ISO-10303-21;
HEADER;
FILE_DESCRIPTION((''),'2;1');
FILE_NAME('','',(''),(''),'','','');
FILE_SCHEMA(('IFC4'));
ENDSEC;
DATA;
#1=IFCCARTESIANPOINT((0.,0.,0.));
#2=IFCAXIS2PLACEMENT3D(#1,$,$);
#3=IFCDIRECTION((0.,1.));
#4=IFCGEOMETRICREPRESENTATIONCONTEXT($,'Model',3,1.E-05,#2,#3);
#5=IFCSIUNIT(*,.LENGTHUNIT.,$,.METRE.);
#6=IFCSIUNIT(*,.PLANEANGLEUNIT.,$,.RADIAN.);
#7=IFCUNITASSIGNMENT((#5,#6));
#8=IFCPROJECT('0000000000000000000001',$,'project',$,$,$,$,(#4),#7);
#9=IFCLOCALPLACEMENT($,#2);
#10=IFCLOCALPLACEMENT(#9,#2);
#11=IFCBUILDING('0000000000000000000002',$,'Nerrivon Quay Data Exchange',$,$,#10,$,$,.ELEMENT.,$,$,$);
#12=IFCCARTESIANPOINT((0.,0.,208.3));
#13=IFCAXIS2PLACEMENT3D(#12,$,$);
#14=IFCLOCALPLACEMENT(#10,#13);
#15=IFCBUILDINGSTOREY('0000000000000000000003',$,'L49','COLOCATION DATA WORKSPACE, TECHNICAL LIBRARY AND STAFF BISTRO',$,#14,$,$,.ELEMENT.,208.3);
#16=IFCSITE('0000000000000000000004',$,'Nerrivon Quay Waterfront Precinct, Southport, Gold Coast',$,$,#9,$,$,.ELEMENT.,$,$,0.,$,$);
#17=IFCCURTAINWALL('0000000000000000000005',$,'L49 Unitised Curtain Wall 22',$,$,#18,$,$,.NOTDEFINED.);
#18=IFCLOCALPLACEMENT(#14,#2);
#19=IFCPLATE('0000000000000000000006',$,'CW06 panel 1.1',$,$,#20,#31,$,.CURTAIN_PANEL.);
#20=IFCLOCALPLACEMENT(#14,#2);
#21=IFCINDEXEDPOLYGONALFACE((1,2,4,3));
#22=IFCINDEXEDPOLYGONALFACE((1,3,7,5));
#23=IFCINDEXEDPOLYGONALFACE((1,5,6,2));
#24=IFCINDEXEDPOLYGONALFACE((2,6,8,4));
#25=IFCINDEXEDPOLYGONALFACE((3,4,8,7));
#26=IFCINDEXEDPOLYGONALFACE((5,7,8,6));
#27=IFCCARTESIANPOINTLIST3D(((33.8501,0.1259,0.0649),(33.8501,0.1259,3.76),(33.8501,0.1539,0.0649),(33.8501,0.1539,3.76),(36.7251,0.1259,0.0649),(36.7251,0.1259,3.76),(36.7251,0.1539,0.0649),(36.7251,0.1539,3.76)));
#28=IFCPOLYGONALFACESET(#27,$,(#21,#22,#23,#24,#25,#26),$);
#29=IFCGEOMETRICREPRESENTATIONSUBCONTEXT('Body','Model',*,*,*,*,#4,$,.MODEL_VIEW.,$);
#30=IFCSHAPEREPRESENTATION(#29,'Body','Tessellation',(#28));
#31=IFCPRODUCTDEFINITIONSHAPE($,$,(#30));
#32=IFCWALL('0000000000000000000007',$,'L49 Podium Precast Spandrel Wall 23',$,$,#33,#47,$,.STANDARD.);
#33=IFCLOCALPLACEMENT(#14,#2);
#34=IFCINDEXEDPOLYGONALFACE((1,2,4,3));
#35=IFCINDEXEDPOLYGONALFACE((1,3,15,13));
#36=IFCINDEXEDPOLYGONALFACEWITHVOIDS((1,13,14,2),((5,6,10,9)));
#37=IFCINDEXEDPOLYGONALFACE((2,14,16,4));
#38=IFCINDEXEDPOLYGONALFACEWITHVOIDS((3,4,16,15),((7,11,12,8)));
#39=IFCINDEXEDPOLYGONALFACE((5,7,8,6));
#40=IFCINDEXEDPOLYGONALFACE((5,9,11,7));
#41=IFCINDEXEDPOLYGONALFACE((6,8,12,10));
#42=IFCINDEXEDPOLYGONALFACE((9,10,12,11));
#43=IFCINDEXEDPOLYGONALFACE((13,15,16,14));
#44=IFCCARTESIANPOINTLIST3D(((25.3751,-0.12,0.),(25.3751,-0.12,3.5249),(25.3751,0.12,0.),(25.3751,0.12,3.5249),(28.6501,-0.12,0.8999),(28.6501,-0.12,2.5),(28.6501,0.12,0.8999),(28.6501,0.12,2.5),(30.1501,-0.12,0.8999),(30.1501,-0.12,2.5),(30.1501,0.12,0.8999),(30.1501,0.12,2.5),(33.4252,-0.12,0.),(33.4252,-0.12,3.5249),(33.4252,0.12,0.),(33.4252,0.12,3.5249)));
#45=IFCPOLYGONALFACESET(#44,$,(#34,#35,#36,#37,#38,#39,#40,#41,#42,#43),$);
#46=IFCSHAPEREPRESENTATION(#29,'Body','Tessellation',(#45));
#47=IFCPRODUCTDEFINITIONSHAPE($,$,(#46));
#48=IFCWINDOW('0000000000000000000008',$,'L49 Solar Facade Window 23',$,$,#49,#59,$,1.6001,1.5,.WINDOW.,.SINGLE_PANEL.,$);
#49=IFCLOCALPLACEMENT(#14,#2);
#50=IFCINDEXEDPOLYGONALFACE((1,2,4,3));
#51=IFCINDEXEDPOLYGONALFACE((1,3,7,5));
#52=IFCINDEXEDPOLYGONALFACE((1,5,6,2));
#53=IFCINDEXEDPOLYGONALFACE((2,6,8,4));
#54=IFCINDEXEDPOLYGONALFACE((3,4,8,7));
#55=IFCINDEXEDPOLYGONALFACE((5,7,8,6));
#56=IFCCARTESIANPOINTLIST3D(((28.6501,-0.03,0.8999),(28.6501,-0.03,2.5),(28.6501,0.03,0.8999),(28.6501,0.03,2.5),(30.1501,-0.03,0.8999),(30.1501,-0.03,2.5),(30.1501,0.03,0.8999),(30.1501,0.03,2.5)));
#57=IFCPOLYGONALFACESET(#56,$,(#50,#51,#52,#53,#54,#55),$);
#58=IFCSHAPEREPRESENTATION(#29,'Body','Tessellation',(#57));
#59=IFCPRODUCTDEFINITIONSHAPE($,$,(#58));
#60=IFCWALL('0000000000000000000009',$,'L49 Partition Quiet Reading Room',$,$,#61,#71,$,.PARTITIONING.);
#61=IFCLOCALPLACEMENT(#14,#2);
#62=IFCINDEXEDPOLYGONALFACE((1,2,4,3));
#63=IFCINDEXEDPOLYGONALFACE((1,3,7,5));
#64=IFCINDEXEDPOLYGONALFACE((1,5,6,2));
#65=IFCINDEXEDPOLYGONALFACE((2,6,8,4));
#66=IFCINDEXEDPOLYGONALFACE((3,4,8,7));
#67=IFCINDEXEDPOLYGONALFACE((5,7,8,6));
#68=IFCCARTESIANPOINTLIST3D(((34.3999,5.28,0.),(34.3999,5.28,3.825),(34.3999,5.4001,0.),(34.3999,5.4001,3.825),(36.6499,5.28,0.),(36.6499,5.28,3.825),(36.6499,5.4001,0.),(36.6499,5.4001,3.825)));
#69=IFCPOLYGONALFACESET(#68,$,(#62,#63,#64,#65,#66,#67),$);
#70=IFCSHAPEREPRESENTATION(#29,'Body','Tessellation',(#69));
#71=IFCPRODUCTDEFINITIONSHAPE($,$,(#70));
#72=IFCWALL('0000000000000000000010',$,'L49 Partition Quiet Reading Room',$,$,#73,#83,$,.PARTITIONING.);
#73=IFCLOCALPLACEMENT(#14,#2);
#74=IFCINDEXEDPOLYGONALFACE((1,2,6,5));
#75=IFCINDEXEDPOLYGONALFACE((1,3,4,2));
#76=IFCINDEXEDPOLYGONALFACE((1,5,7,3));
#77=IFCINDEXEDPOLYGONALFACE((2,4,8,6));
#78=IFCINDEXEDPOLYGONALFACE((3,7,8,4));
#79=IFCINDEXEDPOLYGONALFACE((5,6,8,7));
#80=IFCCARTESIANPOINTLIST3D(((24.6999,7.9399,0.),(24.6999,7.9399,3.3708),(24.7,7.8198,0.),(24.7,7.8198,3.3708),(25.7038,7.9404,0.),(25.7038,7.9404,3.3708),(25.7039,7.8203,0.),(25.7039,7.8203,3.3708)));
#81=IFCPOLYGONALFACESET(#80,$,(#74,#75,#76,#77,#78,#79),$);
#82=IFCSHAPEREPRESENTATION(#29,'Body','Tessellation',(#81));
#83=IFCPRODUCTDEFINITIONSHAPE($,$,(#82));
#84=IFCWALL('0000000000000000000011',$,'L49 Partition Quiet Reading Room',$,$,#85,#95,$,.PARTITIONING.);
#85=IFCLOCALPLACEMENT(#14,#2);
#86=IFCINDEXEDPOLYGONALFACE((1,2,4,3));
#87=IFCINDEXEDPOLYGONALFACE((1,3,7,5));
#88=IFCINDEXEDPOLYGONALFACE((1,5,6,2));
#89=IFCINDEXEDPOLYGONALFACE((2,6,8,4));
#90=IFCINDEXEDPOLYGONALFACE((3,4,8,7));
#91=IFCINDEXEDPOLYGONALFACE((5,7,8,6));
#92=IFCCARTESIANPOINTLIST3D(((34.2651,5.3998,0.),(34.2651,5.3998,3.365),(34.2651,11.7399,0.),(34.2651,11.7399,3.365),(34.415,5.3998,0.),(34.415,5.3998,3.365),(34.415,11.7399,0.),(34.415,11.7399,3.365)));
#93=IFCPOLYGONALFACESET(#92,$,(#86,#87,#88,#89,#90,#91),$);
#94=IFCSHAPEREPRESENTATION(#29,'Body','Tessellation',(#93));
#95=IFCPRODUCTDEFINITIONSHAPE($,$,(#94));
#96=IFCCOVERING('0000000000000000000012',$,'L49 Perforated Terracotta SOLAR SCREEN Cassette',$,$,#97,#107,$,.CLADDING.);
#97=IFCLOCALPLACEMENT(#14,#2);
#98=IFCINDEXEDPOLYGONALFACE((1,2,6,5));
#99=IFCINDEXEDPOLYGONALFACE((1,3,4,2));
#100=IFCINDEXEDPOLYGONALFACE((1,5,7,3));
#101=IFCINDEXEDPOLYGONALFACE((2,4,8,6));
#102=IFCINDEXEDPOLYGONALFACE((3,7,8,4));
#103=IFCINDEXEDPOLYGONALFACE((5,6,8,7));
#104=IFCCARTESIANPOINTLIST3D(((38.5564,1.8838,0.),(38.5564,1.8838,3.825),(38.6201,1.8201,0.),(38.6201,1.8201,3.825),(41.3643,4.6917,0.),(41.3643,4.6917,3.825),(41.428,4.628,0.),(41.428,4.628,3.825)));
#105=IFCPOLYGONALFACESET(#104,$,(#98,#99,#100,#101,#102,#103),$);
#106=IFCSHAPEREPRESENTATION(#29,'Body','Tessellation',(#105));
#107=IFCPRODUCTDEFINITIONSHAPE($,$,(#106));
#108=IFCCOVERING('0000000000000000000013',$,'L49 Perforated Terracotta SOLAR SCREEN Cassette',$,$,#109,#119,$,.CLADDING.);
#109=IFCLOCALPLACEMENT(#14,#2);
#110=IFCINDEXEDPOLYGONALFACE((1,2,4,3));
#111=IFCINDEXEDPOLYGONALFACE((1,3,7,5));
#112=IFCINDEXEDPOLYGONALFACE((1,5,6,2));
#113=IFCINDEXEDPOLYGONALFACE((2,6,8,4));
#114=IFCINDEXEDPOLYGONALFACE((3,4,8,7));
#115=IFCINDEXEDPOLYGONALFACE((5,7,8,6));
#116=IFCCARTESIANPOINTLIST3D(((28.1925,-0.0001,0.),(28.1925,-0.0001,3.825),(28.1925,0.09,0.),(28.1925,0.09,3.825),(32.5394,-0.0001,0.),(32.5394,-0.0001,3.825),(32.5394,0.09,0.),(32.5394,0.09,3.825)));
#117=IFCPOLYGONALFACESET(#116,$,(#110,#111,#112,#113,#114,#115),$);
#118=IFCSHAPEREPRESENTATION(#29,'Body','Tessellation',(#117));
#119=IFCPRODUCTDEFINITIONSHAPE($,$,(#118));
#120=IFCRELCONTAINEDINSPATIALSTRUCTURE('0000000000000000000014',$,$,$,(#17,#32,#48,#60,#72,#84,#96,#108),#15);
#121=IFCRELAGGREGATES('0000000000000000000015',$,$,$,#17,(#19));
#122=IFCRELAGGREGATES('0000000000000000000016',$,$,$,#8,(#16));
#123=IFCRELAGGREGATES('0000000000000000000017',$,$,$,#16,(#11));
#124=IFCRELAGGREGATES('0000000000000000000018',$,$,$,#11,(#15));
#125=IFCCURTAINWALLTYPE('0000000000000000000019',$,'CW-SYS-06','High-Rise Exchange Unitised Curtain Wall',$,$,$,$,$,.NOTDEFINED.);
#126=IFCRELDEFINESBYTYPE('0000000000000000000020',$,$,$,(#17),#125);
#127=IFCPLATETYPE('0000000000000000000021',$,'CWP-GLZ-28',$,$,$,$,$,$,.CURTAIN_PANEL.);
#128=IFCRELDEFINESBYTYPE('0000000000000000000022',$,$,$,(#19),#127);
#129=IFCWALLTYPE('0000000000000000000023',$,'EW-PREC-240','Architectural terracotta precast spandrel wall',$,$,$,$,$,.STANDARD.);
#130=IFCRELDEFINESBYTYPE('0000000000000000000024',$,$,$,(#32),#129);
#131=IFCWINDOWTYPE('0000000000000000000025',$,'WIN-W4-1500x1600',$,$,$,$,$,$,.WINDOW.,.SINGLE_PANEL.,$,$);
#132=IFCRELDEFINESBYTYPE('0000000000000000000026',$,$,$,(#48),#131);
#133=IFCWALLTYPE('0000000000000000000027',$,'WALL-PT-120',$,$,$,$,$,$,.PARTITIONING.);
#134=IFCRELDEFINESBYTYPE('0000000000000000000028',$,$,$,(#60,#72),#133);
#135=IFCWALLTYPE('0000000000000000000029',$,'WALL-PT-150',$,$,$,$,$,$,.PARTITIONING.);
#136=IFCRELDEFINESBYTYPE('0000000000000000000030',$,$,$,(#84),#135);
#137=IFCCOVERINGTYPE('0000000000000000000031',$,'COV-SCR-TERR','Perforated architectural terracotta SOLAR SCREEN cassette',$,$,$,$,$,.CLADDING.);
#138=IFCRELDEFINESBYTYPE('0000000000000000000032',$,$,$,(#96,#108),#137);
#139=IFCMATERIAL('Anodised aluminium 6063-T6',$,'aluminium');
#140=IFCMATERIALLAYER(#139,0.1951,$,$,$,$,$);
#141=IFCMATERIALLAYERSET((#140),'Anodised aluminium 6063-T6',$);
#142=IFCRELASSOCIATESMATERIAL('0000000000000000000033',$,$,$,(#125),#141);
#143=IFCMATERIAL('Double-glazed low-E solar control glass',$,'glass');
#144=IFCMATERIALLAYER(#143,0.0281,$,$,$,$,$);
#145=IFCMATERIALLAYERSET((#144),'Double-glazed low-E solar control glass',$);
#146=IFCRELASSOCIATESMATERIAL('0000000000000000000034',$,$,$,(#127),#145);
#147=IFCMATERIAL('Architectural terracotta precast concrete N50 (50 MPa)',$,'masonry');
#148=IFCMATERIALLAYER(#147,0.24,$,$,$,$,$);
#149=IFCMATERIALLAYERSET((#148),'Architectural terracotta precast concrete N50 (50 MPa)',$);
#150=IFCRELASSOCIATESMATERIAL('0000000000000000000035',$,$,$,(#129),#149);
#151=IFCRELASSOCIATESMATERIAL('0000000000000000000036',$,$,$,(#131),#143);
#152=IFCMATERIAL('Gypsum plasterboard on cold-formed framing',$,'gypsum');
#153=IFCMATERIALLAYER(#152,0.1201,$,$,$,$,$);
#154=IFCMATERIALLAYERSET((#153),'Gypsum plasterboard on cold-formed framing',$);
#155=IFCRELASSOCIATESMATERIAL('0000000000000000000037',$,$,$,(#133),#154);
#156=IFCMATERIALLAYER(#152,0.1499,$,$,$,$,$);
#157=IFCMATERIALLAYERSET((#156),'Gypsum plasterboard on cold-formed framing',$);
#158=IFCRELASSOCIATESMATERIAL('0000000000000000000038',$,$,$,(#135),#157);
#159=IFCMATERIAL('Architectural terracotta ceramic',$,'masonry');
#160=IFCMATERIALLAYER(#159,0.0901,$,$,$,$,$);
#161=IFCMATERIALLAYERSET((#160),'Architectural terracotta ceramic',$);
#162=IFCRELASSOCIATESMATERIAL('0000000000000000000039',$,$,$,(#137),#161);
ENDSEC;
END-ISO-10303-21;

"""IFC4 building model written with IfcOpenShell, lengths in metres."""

from ifc_helpers import new_model, si_unit, direction, frame, frame_2d, origin, origin_2d, place, context, subcontext, project, spatial, rectangle, extrude, material, layer, layer_set, type_object, element, fill, aggregate, save


model = new_model("IFC4")

# Units and contexts
model_context = context("Model", 3, precision=1e-05, world=origin(), true_north=direction((0.0, 1.0)))
body_context = subcontext(model_context, "Body", "Model", "MODEL_VIEW")
ifc_project = project(units=[si_unit("LENGTHUNIT", "METRE"), si_unit("PLANEANGLEUNIT", "RADIAN")], contexts=[model_context])

# Site, building, storey
site_placement = place(None, origin())
site = spatial("IfcSite", under=ifc_project, at=site_placement, Name="Nerrivon Quay Waterfront Precinct, Southport, Gold Coast", CompositionType="ELEMENT", RefElevation=0.0)
building_placement = place(site_placement, origin())
building = spatial("IfcBuilding", under=site, at=building_placement, Name="Nerrivon Quay Data Exchange", CompositionType="ELEMENT")
storey_placement = place(building_placement, frame((0.0, 0.0, 208.3)))
storey = spatial("IfcBuildingStorey", under=building, at=storey_placement, Name="L49", Description="COLOCATION DATA WORKSPACE, TECHNICAL LIBRARY AND STAFF BISTRO", CompositionType="ELEMENT", Elevation=208.3)

# Curtain wall
ifc_material_1 = material(Name="Anodised aluminium 6063-T6", Category="aluminium")
ifc_layer_1 = layer(ifc_material_1, 0.1951)
ifc_layer_set_1 = layer_set([ifc_layer_1], Name="Anodised aluminium 6063-T6")
curtain_wall_type = type_object("IfcCurtainWallType", Name="CW-SYS-06", Description="High-Rise Exchange Unitised Curtain Wall", PredefinedType="NOTDEFINED", material=ifc_layer_set_1)
curtain_wall_1_placement = place(storey_placement, origin())
curtain_wall_1 = element("IfcCurtainWall", 1, at=curtain_wall_1_placement, inside=storey, type_object=curtain_wall_type, Name="L49 Unitised Curtain Wall 22", PredefinedType="NOTDEFINED")

# Plate
ifc_material_2 = material(Name="Double-glazed low-E solar control glass", Category="glass")
ifc_layer_2 = layer(ifc_material_2, 0.0281)
ifc_layer_set_2 = layer_set([ifc_layer_2], Name="Double-glazed low-E solar control glass")
plate_type = type_object("IfcPlateType", Name="CWP-GLZ-28", PredefinedType="CURTAIN_PANEL", material=ifc_layer_set_2)
plate_1_placement = place(storey_placement, frame((35.2876, 0.1399, 0.0649), z_axis=(0.0, 0.0, 1.0), x_axis=(-1.0, 0.0, 0.0)))
plate_1 = element("IfcPlate", 2, at=plate_1_placement, type_object=plate_type, Name="CW06 panel 1.1", PredefinedType="CURTAIN_PANEL", context=body_context, shape_type="SweptSolid", body=[
    extrude(rectangle(XDim=2.875, YDim=0.0281, at=origin_2d()), origin(), (0.0, 0.0, 1.0), 3.6951),
])
aggregate(curtain_wall_1, [plate_1])

# Wall, opening, window
ifc_material_3 = material(Name="Architectural terracotta precast concrete N50 (50 MPa)", Category="masonry")
ifc_layer_3 = layer(ifc_material_3, 0.24)
ifc_layer_set_3 = layer_set([ifc_layer_3], Name="Architectural terracotta precast concrete N50 (50 MPa)")
wall_type_1 = type_object("IfcWallType", Name="EW-PREC-240", Description="Architectural terracotta precast spandrel wall", PredefinedType="STANDARD", material=ifc_layer_set_3)
wall_1_placement = place(storey_placement, frame((33.425, 0.0, 0.0), z_axis=(0.0, 0.0, 1.0), x_axis=(-1.0, 0.0, 0.0)))
wall_1 = element("IfcWall", 3, at=wall_1_placement, inside=storey, type_object=wall_type_1, Name="L49 Podium Precast Spandrel Wall 23", PredefinedType="STANDARD", context=body_context, shape_type="SweptSolid", body=[
    extrude(rectangle(XDim=8.05, YDim=0.24, at=frame_2d((4.0249, 0.0))), origin(), (0.0, 0.0, 1.0), 3.5249),
])
opening_placement = place(wall_1_placement, frame((3.2749, 0.0, 0.8999)))
opening = element("IfcOpeningElement", 4, at=opening_placement, cuts=wall_1, PredefinedType="OPENING", context=body_context, shape_type="SweptSolid", body=[
    extrude(rectangle(XDim=1.5, YDim=1.6001, at=frame_2d((0.75, 0.8))), frame((0.0, 0.1299, 0.0), z_axis=(0.0, -1.0, 0.0), x_axis=(1.0, 0.0, 0.0)), (0.0, 0.0, 1.0), 0.26),
])
window_type = type_object("IfcWindowType", Name="WIN-W4-1500x1600", PartitioningType="SINGLE_PANEL", PredefinedType="WINDOW", material=ifc_material_2)
window_placement = place(opening_placement, origin())
window = element("IfcWindow", 5, at=window_placement, inside=storey, type_object=window_type, Name="L49 Solar Facade Window 23", OverallHeight=1.6001, OverallWidth=1.5, PartitioningType="SINGLE_PANEL", PredefinedType="WINDOW", context=body_context, shape_type="SweptSolid", body=[
    extrude(rectangle(XDim=1.5, YDim=1.6001, at=frame_2d((0.75, 0.8))), frame((0.0, 0.03, 0.0), z_axis=(0.0, -1.0, 0.0), x_axis=(1.0, 0.0, 0.0)), (0.0, 0.0, 1.0), 0.0601),
])
fill(opening, window)

# Walls
ifc_material_4 = material(Name="Gypsum plasterboard on cold-formed framing", Category="gypsum")
ifc_layer_4 = layer(ifc_material_4, 0.1201)
ifc_layer_set_4 = layer_set([ifc_layer_4], Name="Gypsum plasterboard on cold-formed framing")
wall_type_2 = type_object("IfcWallType", Name="WALL-PT-120", PredefinedType="PARTITIONING", material=ifc_layer_set_4)
wall_2_placement = place(storey_placement, frame((36.6499, 5.3401, 0.0), z_axis=(0.0, 0.0, 1.0), x_axis=(-1.0, 0.0, 0.0)))
element("IfcWall", 6, at=wall_2_placement, inside=storey, type_object=wall_type_2, Name="L49 Partition Quiet Reading Room", PredefinedType="PARTITIONING", context=body_context, shape_type="SweptSolid", body=[
    extrude(rectangle(XDim=2.25, YDim=0.1201, at=frame_2d((1.125, 0.0))), origin(), (0.0, 0.0, 1.0), 3.825),
])
wall_3_placement = place(storey_placement, frame((25.7039, 7.8804, 0.0), z_axis=(0.0, 0.0, 1.0), x_axis=(-1.0, -0.000486, 0.0)))
element("IfcWall", 7, at=wall_3_placement, inside=storey, type_object=wall_type_2, Name="L49 Partition Quiet Reading Room", PredefinedType="PARTITIONING", context=body_context, shape_type="SweptSolid", body=[
    extrude(rectangle(XDim=1.0039, YDim=0.1201, at=frame_2d((0.502, 0.0))), origin(), (0.0, 0.0, 1.0), 3.3708),
])
ifc_layer_5 = layer(ifc_material_4, 0.1499)
ifc_layer_set_5 = layer_set([ifc_layer_5], Name="Gypsum plasterboard on cold-formed framing")
wall_type_3 = type_object("IfcWallType", Name="WALL-PT-150", PredefinedType="PARTITIONING", material=ifc_layer_set_5)
wall_4_placement = place(storey_placement, frame((34.3401, 5.3999, 0.0), z_axis=(0.0, 0.0, 1.0), x_axis=(0.0, 1.0, 0.0)))
element("IfcWall", 8, at=wall_4_placement, inside=storey, type_object=wall_type_3, Name="L49 Partition Quiet Reading Room", PredefinedType="PARTITIONING", context=body_context, shape_type="SweptSolid", body=[
    extrude(rectangle(XDim=6.3401, YDim=0.1499, at=frame_2d((3.1699, 0.0))), origin(), (0.0, 0.0, 1.0), 3.365),
])

# Coverings
ifc_material_5 = material(Name="Architectural terracotta ceramic", Category="masonry")
ifc_layer_6 = layer(ifc_material_5, 0.0901)
ifc_layer_set_6 = layer_set([ifc_layer_6], Name="Architectural terracotta ceramic")
covering_type = type_object("IfcCoveringType", Name="COV-SCR-TERR", Description="Perforated architectural terracotta SOLAR SCREEN cassette", PredefinedType="CLADDING", material=ifc_layer_set_6)
covering_1_placement = place(storey_placement, frame((39.9922, 3.2559, 0.0), z_axis=(0.0, 0.0, 1.0), x_axis=(-0.707107, -0.707107, 0.0)))
element("IfcCovering", 9, at=covering_1_placement, inside=storey, type_object=covering_type, Name="L49 Perforated Terracotta SOLAR SCREEN Cassette", PredefinedType="CLADDING", context=body_context, shape_type="SweptSolid", body=[
    extrude(rectangle(XDim=3.9709, YDim=0.0901, at=origin_2d()), origin(), (0.0, 0.0, 1.0), 3.825),
])
covering_2_placement = place(storey_placement, frame((30.366, 0.0449, 0.0), z_axis=(0.0, 0.0, 1.0), x_axis=(-1.0, 0.0, 0.0)))
element("IfcCovering", 10, at=covering_2_placement, inside=storey, type_object=covering_type, Name="L49 Perforated Terracotta SOLAR SCREEN Cassette", PredefinedType="CLADDING", context=body_context, shape_type="SweptSolid", body=[
    extrude(rectangle(XDim=4.3469, YDim=0.0901, at=origin_2d()), origin(), (0.0, 0.0, 1.0), 3.825),
])

save(model, "model.ifc")
